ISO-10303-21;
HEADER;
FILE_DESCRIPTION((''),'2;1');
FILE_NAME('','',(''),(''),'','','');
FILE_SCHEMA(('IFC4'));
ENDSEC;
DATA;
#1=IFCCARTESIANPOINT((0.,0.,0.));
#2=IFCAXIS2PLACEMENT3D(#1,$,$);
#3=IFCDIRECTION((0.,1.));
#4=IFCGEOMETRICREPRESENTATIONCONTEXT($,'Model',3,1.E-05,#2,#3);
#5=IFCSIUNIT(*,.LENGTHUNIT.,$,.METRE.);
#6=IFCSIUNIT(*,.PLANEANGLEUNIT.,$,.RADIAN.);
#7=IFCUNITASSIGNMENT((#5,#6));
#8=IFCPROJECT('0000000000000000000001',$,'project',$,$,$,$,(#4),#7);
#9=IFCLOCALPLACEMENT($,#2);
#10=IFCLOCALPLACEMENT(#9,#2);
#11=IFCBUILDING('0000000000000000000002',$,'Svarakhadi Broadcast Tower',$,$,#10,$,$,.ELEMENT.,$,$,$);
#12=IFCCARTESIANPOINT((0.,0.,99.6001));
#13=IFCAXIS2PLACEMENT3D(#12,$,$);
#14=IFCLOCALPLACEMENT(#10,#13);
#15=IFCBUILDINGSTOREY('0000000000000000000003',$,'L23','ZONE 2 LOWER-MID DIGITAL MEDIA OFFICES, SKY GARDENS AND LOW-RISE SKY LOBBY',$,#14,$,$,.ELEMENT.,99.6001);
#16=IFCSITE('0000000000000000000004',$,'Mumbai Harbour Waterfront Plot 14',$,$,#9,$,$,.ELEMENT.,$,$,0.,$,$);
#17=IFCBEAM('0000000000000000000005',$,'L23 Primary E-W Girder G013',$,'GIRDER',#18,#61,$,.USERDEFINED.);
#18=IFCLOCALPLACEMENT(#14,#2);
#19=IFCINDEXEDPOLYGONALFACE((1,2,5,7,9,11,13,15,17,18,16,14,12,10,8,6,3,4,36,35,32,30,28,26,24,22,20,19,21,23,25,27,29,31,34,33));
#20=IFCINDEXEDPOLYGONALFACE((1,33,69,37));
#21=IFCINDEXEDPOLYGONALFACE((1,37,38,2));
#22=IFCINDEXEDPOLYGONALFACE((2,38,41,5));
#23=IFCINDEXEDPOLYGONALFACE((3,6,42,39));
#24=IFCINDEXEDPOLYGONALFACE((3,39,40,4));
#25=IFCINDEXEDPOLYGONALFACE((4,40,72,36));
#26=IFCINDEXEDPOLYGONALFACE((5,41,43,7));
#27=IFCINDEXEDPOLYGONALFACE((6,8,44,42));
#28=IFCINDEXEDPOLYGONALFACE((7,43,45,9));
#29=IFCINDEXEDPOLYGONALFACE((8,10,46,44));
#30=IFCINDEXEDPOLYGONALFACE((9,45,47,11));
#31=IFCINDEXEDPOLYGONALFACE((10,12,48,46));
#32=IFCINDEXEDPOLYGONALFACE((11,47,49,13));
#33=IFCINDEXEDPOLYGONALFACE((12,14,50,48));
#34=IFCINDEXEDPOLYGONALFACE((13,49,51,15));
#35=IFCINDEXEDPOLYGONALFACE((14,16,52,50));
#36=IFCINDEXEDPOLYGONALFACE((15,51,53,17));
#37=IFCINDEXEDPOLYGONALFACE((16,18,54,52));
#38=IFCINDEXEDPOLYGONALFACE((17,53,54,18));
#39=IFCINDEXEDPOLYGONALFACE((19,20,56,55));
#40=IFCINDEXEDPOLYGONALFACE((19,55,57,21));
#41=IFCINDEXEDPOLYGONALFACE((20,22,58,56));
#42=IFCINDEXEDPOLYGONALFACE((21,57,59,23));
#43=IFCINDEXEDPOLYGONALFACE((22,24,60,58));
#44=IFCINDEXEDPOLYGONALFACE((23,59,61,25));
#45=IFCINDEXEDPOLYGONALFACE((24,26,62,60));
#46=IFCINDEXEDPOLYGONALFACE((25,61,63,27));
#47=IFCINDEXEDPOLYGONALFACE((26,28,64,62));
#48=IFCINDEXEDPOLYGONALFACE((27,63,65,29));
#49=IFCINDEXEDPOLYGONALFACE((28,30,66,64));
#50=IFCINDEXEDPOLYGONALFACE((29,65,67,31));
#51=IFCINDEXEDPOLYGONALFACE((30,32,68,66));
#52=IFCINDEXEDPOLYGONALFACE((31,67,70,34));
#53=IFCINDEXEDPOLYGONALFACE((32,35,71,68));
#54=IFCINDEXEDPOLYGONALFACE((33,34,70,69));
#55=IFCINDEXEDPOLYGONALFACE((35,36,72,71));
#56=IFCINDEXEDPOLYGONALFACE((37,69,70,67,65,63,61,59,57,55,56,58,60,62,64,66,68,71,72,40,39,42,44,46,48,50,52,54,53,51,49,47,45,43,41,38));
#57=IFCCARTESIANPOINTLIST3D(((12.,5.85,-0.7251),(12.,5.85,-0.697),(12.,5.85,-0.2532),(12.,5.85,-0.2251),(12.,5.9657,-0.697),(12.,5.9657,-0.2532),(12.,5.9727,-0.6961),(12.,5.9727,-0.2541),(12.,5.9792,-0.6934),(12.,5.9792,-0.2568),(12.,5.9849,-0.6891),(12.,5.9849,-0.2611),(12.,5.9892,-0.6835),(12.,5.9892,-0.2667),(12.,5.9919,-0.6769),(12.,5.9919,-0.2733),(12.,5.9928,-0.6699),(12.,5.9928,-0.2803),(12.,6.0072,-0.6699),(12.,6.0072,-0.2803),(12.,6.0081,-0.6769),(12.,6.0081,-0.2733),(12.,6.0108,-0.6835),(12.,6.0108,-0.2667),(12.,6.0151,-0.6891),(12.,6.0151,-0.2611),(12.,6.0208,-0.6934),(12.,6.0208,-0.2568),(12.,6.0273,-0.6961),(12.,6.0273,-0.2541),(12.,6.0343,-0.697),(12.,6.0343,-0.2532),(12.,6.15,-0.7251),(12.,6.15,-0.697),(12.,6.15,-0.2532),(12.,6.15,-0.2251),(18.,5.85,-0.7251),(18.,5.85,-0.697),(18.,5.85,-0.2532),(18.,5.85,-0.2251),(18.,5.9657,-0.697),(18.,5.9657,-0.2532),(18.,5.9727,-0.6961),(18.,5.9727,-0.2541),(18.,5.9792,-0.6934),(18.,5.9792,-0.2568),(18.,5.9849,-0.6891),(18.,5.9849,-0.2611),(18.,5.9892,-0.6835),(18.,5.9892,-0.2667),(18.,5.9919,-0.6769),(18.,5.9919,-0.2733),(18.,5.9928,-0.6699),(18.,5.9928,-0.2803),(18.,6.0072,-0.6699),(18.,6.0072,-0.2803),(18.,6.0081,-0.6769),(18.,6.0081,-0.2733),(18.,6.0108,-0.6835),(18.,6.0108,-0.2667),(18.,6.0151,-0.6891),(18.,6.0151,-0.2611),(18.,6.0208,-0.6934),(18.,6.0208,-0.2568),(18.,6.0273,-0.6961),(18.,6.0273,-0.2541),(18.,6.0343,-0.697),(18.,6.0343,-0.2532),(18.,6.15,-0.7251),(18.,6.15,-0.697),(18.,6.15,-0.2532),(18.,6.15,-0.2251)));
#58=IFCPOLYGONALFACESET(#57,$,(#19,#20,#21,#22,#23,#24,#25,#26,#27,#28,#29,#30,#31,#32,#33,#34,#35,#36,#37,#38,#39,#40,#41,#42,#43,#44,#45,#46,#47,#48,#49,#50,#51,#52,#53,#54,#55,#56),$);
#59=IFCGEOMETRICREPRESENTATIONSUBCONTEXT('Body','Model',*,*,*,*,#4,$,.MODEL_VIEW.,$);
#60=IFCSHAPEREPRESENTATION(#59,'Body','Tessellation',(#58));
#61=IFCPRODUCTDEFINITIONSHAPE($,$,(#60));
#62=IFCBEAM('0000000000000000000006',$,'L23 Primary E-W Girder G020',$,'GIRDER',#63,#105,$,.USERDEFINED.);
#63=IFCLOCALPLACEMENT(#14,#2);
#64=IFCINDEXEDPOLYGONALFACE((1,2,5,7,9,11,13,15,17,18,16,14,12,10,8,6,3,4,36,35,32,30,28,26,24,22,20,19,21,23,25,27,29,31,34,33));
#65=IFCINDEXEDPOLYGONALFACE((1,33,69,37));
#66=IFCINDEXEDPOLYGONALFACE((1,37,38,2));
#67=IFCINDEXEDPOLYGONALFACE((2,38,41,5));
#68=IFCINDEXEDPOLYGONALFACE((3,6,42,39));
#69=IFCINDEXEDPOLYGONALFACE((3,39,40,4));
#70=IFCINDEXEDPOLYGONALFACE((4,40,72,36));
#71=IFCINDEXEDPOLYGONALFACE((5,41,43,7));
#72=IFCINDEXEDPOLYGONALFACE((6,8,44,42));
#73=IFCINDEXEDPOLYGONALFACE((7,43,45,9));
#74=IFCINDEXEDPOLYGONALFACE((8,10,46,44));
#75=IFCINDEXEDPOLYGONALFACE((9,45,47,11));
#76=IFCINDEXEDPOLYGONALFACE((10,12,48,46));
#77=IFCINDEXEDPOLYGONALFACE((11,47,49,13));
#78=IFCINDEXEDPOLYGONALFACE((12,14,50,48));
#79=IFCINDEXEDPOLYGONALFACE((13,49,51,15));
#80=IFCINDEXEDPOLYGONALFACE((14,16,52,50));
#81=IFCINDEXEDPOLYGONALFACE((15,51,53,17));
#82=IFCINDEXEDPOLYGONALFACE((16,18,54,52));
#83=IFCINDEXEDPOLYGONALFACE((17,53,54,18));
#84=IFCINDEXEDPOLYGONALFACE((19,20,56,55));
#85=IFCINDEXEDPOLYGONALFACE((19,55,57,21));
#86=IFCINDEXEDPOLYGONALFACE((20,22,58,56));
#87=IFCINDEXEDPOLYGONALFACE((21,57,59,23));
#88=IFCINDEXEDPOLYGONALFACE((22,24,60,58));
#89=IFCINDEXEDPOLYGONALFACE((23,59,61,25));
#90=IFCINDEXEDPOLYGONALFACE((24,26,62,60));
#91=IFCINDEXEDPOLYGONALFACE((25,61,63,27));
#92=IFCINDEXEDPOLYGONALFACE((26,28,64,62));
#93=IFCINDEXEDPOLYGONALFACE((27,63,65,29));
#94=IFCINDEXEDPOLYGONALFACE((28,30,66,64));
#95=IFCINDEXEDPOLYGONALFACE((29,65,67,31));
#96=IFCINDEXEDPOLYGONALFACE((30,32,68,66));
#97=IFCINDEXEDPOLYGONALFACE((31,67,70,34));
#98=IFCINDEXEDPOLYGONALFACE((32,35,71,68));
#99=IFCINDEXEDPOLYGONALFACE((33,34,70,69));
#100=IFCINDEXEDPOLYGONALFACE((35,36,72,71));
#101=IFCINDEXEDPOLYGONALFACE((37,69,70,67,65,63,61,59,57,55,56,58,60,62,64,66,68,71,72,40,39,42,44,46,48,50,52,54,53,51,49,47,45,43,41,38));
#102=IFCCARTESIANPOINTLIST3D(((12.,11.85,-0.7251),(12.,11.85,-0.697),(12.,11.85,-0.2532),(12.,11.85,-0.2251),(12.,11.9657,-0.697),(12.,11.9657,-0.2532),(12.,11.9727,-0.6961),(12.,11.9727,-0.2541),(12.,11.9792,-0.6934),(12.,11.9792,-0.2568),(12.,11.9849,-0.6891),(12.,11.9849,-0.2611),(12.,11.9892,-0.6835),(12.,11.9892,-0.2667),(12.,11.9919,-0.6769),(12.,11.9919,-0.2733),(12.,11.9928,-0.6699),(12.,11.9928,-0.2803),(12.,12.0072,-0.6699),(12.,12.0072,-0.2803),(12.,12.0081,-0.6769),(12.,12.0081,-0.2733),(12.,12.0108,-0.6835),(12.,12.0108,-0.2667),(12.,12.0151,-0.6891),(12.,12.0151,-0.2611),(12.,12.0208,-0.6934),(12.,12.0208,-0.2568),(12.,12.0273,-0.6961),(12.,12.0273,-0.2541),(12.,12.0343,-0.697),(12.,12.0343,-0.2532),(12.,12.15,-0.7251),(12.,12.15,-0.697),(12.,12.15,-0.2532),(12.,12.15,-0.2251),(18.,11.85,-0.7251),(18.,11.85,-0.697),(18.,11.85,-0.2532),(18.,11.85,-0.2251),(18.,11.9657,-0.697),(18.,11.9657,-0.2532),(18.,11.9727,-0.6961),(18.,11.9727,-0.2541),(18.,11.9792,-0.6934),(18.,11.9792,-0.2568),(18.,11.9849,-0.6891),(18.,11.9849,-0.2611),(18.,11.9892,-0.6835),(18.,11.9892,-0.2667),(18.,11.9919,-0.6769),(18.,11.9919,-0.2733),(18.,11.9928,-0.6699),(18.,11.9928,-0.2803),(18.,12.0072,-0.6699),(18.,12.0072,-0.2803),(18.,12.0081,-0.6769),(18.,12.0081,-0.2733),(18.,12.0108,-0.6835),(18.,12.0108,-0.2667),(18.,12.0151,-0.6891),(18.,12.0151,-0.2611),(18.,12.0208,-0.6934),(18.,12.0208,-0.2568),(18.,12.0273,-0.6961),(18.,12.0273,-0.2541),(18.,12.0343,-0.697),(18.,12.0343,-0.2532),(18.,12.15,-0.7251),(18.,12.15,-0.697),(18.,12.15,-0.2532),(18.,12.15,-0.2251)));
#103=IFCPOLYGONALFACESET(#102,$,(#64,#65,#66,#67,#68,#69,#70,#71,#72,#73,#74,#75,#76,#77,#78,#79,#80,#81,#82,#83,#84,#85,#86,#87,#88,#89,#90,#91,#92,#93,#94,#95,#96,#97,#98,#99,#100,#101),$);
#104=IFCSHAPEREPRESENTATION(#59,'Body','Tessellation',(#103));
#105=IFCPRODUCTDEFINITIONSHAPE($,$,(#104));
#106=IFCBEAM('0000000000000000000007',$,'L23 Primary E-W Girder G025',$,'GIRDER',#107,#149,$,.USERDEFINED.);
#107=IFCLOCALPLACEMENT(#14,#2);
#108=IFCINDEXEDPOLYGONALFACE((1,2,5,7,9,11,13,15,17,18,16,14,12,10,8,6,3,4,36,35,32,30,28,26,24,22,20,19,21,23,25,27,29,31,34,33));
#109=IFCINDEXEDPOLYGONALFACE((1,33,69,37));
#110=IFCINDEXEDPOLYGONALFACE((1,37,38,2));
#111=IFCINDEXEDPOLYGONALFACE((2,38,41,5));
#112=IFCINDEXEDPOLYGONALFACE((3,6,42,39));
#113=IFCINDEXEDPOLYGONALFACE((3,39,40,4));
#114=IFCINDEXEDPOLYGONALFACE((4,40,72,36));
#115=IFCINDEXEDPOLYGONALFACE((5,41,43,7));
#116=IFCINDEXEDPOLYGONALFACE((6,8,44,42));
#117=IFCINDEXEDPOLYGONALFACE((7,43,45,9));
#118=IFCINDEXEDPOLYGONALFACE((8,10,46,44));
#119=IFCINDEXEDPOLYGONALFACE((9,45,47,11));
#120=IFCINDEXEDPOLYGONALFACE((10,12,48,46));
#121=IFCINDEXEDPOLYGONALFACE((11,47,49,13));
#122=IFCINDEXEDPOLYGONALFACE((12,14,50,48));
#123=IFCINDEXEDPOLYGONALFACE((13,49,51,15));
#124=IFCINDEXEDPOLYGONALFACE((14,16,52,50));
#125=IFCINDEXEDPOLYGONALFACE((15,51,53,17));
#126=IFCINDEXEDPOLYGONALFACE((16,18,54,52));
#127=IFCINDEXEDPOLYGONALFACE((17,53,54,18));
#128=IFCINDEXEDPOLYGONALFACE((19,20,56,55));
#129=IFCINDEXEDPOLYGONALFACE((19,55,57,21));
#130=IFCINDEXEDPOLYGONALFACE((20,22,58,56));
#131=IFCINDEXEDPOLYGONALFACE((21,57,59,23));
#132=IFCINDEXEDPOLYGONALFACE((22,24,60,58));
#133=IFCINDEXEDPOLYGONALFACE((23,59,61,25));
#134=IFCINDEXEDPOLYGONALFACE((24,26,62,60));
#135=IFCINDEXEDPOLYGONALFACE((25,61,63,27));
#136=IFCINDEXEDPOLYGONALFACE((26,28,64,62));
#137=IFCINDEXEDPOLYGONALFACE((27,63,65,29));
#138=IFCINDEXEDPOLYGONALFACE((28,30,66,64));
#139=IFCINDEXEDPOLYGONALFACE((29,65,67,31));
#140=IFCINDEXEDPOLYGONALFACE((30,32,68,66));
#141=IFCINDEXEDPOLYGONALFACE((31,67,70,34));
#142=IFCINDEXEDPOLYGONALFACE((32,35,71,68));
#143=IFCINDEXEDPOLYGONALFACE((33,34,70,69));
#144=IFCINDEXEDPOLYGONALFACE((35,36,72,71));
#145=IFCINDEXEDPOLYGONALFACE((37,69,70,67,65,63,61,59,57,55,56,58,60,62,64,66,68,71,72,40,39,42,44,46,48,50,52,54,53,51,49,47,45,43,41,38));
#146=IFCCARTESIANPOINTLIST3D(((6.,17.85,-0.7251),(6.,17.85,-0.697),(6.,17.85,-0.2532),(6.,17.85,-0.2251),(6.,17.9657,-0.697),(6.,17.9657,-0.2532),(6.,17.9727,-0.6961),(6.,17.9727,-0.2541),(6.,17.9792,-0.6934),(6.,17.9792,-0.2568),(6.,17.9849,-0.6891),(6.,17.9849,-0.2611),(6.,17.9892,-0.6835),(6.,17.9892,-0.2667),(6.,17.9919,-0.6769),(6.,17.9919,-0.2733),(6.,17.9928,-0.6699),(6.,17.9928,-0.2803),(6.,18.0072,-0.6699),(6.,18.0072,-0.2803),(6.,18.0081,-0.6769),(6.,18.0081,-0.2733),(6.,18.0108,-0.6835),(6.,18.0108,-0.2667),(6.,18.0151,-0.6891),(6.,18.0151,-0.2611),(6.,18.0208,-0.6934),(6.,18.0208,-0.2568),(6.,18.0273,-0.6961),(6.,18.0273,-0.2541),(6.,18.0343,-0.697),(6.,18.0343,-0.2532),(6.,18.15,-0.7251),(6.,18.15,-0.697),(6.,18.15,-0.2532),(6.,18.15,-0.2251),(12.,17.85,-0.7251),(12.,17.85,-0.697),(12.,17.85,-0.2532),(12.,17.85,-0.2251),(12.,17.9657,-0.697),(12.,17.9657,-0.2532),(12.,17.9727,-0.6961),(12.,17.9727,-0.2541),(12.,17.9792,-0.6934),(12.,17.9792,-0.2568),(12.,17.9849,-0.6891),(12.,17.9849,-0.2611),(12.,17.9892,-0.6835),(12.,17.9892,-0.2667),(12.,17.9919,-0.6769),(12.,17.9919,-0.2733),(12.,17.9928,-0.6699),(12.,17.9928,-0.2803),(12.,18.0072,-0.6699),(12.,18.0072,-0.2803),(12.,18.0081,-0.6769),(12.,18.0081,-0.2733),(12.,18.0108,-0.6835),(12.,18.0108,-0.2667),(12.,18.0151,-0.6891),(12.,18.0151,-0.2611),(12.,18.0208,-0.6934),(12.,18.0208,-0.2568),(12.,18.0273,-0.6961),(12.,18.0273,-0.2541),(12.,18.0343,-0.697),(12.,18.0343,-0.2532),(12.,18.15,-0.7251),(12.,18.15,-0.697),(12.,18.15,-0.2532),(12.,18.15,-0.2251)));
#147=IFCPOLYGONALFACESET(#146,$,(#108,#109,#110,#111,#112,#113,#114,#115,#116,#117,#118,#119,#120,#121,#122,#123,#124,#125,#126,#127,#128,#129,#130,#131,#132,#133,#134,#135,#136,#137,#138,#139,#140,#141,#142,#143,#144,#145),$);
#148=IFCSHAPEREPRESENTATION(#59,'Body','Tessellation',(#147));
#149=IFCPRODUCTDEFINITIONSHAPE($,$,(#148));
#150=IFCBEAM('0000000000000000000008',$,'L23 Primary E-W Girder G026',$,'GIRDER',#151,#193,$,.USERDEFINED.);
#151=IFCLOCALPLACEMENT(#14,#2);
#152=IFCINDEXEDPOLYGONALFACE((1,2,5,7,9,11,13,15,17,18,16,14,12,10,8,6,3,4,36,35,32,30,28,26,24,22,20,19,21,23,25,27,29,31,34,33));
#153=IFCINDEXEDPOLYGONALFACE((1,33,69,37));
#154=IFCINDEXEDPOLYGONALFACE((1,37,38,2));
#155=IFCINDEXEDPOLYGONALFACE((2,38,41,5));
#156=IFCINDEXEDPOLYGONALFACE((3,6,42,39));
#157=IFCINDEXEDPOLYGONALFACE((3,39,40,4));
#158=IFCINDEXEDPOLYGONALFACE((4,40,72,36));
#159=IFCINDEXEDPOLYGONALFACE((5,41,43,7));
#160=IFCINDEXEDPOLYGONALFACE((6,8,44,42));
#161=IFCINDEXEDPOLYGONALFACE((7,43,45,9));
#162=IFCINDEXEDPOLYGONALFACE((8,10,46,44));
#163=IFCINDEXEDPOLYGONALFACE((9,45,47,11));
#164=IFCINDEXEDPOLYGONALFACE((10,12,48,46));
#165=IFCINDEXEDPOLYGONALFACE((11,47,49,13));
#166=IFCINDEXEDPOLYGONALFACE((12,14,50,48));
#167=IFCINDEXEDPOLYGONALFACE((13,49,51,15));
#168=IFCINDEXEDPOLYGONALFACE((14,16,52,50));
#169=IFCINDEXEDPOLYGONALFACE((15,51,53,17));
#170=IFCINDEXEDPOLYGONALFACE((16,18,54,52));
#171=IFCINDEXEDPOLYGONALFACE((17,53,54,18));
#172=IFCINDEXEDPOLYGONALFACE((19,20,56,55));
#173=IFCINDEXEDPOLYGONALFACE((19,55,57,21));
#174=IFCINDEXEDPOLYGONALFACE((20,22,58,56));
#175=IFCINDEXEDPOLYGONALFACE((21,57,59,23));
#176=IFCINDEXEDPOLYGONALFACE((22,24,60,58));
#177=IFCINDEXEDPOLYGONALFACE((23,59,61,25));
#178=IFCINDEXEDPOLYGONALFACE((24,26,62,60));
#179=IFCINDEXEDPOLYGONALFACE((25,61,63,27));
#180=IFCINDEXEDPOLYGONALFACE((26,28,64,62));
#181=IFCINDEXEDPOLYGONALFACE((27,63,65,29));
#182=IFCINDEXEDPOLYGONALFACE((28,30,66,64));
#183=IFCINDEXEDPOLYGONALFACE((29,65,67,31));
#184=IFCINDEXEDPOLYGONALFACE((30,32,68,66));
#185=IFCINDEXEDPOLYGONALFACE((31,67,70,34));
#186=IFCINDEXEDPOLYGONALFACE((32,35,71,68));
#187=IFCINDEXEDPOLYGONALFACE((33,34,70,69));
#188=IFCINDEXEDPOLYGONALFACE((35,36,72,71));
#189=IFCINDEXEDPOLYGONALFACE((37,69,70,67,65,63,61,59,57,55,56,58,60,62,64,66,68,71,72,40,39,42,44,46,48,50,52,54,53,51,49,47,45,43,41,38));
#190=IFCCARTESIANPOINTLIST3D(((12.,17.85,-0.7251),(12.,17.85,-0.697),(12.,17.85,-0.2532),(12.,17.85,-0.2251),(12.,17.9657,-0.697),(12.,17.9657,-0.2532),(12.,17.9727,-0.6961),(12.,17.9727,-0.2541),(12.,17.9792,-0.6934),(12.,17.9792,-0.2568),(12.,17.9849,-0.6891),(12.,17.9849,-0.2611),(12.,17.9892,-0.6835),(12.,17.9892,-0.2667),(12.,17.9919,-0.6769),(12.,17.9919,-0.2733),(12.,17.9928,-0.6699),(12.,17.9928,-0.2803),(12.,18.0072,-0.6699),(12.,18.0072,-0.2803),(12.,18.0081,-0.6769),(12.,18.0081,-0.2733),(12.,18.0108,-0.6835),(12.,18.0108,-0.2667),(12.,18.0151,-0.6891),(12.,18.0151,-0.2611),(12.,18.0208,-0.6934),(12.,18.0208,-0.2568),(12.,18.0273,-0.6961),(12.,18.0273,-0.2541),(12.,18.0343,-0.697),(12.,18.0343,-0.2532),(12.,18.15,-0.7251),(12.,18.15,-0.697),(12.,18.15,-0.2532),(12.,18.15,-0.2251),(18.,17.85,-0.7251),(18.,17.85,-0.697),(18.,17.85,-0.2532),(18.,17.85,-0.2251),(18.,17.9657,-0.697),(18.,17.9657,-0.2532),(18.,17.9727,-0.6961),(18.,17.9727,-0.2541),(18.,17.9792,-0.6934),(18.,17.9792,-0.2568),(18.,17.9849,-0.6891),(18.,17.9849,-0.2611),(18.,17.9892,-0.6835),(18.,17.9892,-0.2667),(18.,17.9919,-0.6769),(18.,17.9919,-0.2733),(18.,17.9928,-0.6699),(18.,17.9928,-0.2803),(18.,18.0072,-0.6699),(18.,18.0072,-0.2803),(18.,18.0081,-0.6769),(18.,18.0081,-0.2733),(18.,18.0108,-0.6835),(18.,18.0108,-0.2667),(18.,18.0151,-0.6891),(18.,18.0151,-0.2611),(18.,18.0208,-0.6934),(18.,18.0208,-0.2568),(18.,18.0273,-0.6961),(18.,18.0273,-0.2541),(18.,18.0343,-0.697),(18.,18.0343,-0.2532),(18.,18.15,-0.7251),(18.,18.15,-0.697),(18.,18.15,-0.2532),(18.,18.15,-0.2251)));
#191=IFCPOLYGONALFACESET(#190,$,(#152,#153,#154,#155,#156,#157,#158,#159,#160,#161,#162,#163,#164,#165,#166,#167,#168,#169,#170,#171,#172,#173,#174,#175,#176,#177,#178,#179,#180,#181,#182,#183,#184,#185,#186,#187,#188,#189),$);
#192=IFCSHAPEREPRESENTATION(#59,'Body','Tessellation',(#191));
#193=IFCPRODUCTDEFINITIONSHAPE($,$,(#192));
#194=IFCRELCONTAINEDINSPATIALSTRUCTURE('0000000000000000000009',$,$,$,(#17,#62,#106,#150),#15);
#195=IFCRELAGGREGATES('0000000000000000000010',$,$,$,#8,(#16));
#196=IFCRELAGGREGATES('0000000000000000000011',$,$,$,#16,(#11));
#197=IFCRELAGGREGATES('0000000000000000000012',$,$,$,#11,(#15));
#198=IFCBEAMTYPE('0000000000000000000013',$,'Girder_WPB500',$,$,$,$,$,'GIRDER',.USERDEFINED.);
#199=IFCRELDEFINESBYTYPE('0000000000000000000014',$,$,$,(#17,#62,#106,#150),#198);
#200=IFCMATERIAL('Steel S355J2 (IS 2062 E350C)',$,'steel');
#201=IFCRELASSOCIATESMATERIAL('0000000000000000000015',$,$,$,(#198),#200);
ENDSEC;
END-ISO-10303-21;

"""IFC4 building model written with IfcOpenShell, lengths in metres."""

from ifc_helpers import new_model, si_unit, direction, frame, origin, origin_2d, place, context, subcontext, project, spatial, i_section, extrude, material, material_profile, profile_set, type_object, element, save


model = new_model("IFC4")

# Units and contexts
model_context = context("Model", 3, precision=1e-05, world=origin(), true_north=direction((0.0, 1.0)))
body_context = subcontext(model_context, "Body", "Model", "MODEL_VIEW")
ifc_project = project(units=[si_unit("LENGTHUNIT", "METRE"), si_unit("PLANEANGLEUNIT", "RADIAN")], contexts=[model_context])

# Site, building, storey
site_placement = place(None, origin())
site = spatial("IfcSite", under=ifc_project, at=site_placement, Name="Mumbai Harbour Waterfront Plot 14", CompositionType="ELEMENT", RefElevation=0.0)
building_placement = place(site_placement, origin())
building = spatial("IfcBuilding", under=site, at=building_placement, Name="Svarakhadi Broadcast Tower", CompositionType="ELEMENT")
storey_placement = place(building_placement, frame((0.0, 0.0, 99.6001)))
storey = spatial("IfcBuildingStorey", under=building, at=storey_placement, Name="L23", Description="ZONE 2 LOWER-MID DIGITAL MEDIA OFFICES, SKY GARDENS AND LOW-RISE SKY LOBBY", CompositionType="ELEMENT", Elevation=99.6001)

# Beams
ifc_material_1 = material(Name="Steel S355J2 (IS 2062 E350C)", Category="steel")
ifc_material_profile_1 = material_profile(ifc_material_1, i_section(OverallWidth=0.3, OverallDepth=0.5, WebThickness=0.0144, FlangeThickness=0.0281, FilletRadius=0.0271, at=origin_2d()), Name="WPB 500x300x187")
ifc_profile_set_1 = profile_set([ifc_material_profile_1], Name="Steel S355J2 (IS 2062 E350C)")
beam_type_1 = type_object("IfcBeamType", Name="Girder_WPB500", ElementType="GIRDER", PredefinedType="USERDEFINED", material=ifc_profile_set_1)
for number, where, z_axis, x_axis, name in (
    (1, (12.0, 6.0, -0.4751), (1.0, 0.0, 0.0), (0.0, 1.0, 0.0), "L23 Primary E-W Girder G013"),
    (2, (12.0, 12.0, -0.4751), (1.0, 0.0, 0.0), (0.0, 1.0, 0.0), "L23 Primary E-W Girder G020"),
    (3, (6.0, 18.0, -0.4751), (1.0, 0.0, 0.0), (0.0, 1.0, 0.0), "L23 Primary E-W Girder G025"),
    (4, (12.0, 18.0, -0.4751), (1.0, 0.0, 0.0), (0.0, 1.0, 0.0), "L23 Primary E-W Girder G026"),
):
    element("IfcBeam", number, at=place(storey_placement, frame(where, z_axis=z_axis, x_axis=x_axis)), inside=storey, type_object=beam_type_1, Name=name, ObjectType="GIRDER", PredefinedType="USERDEFINED", context=body_context, shape_type="SweptSolid", body=[
        extrude(i_section(OverallWidth=0.3, OverallDepth=0.5, WebThickness=0.0144, FlangeThickness=0.0281, FilletRadius=0.0271, at=origin_2d()), origin(), (0.0, 0.0, 1.0), 6.0),
    ])

save(model, "model.ifc")
